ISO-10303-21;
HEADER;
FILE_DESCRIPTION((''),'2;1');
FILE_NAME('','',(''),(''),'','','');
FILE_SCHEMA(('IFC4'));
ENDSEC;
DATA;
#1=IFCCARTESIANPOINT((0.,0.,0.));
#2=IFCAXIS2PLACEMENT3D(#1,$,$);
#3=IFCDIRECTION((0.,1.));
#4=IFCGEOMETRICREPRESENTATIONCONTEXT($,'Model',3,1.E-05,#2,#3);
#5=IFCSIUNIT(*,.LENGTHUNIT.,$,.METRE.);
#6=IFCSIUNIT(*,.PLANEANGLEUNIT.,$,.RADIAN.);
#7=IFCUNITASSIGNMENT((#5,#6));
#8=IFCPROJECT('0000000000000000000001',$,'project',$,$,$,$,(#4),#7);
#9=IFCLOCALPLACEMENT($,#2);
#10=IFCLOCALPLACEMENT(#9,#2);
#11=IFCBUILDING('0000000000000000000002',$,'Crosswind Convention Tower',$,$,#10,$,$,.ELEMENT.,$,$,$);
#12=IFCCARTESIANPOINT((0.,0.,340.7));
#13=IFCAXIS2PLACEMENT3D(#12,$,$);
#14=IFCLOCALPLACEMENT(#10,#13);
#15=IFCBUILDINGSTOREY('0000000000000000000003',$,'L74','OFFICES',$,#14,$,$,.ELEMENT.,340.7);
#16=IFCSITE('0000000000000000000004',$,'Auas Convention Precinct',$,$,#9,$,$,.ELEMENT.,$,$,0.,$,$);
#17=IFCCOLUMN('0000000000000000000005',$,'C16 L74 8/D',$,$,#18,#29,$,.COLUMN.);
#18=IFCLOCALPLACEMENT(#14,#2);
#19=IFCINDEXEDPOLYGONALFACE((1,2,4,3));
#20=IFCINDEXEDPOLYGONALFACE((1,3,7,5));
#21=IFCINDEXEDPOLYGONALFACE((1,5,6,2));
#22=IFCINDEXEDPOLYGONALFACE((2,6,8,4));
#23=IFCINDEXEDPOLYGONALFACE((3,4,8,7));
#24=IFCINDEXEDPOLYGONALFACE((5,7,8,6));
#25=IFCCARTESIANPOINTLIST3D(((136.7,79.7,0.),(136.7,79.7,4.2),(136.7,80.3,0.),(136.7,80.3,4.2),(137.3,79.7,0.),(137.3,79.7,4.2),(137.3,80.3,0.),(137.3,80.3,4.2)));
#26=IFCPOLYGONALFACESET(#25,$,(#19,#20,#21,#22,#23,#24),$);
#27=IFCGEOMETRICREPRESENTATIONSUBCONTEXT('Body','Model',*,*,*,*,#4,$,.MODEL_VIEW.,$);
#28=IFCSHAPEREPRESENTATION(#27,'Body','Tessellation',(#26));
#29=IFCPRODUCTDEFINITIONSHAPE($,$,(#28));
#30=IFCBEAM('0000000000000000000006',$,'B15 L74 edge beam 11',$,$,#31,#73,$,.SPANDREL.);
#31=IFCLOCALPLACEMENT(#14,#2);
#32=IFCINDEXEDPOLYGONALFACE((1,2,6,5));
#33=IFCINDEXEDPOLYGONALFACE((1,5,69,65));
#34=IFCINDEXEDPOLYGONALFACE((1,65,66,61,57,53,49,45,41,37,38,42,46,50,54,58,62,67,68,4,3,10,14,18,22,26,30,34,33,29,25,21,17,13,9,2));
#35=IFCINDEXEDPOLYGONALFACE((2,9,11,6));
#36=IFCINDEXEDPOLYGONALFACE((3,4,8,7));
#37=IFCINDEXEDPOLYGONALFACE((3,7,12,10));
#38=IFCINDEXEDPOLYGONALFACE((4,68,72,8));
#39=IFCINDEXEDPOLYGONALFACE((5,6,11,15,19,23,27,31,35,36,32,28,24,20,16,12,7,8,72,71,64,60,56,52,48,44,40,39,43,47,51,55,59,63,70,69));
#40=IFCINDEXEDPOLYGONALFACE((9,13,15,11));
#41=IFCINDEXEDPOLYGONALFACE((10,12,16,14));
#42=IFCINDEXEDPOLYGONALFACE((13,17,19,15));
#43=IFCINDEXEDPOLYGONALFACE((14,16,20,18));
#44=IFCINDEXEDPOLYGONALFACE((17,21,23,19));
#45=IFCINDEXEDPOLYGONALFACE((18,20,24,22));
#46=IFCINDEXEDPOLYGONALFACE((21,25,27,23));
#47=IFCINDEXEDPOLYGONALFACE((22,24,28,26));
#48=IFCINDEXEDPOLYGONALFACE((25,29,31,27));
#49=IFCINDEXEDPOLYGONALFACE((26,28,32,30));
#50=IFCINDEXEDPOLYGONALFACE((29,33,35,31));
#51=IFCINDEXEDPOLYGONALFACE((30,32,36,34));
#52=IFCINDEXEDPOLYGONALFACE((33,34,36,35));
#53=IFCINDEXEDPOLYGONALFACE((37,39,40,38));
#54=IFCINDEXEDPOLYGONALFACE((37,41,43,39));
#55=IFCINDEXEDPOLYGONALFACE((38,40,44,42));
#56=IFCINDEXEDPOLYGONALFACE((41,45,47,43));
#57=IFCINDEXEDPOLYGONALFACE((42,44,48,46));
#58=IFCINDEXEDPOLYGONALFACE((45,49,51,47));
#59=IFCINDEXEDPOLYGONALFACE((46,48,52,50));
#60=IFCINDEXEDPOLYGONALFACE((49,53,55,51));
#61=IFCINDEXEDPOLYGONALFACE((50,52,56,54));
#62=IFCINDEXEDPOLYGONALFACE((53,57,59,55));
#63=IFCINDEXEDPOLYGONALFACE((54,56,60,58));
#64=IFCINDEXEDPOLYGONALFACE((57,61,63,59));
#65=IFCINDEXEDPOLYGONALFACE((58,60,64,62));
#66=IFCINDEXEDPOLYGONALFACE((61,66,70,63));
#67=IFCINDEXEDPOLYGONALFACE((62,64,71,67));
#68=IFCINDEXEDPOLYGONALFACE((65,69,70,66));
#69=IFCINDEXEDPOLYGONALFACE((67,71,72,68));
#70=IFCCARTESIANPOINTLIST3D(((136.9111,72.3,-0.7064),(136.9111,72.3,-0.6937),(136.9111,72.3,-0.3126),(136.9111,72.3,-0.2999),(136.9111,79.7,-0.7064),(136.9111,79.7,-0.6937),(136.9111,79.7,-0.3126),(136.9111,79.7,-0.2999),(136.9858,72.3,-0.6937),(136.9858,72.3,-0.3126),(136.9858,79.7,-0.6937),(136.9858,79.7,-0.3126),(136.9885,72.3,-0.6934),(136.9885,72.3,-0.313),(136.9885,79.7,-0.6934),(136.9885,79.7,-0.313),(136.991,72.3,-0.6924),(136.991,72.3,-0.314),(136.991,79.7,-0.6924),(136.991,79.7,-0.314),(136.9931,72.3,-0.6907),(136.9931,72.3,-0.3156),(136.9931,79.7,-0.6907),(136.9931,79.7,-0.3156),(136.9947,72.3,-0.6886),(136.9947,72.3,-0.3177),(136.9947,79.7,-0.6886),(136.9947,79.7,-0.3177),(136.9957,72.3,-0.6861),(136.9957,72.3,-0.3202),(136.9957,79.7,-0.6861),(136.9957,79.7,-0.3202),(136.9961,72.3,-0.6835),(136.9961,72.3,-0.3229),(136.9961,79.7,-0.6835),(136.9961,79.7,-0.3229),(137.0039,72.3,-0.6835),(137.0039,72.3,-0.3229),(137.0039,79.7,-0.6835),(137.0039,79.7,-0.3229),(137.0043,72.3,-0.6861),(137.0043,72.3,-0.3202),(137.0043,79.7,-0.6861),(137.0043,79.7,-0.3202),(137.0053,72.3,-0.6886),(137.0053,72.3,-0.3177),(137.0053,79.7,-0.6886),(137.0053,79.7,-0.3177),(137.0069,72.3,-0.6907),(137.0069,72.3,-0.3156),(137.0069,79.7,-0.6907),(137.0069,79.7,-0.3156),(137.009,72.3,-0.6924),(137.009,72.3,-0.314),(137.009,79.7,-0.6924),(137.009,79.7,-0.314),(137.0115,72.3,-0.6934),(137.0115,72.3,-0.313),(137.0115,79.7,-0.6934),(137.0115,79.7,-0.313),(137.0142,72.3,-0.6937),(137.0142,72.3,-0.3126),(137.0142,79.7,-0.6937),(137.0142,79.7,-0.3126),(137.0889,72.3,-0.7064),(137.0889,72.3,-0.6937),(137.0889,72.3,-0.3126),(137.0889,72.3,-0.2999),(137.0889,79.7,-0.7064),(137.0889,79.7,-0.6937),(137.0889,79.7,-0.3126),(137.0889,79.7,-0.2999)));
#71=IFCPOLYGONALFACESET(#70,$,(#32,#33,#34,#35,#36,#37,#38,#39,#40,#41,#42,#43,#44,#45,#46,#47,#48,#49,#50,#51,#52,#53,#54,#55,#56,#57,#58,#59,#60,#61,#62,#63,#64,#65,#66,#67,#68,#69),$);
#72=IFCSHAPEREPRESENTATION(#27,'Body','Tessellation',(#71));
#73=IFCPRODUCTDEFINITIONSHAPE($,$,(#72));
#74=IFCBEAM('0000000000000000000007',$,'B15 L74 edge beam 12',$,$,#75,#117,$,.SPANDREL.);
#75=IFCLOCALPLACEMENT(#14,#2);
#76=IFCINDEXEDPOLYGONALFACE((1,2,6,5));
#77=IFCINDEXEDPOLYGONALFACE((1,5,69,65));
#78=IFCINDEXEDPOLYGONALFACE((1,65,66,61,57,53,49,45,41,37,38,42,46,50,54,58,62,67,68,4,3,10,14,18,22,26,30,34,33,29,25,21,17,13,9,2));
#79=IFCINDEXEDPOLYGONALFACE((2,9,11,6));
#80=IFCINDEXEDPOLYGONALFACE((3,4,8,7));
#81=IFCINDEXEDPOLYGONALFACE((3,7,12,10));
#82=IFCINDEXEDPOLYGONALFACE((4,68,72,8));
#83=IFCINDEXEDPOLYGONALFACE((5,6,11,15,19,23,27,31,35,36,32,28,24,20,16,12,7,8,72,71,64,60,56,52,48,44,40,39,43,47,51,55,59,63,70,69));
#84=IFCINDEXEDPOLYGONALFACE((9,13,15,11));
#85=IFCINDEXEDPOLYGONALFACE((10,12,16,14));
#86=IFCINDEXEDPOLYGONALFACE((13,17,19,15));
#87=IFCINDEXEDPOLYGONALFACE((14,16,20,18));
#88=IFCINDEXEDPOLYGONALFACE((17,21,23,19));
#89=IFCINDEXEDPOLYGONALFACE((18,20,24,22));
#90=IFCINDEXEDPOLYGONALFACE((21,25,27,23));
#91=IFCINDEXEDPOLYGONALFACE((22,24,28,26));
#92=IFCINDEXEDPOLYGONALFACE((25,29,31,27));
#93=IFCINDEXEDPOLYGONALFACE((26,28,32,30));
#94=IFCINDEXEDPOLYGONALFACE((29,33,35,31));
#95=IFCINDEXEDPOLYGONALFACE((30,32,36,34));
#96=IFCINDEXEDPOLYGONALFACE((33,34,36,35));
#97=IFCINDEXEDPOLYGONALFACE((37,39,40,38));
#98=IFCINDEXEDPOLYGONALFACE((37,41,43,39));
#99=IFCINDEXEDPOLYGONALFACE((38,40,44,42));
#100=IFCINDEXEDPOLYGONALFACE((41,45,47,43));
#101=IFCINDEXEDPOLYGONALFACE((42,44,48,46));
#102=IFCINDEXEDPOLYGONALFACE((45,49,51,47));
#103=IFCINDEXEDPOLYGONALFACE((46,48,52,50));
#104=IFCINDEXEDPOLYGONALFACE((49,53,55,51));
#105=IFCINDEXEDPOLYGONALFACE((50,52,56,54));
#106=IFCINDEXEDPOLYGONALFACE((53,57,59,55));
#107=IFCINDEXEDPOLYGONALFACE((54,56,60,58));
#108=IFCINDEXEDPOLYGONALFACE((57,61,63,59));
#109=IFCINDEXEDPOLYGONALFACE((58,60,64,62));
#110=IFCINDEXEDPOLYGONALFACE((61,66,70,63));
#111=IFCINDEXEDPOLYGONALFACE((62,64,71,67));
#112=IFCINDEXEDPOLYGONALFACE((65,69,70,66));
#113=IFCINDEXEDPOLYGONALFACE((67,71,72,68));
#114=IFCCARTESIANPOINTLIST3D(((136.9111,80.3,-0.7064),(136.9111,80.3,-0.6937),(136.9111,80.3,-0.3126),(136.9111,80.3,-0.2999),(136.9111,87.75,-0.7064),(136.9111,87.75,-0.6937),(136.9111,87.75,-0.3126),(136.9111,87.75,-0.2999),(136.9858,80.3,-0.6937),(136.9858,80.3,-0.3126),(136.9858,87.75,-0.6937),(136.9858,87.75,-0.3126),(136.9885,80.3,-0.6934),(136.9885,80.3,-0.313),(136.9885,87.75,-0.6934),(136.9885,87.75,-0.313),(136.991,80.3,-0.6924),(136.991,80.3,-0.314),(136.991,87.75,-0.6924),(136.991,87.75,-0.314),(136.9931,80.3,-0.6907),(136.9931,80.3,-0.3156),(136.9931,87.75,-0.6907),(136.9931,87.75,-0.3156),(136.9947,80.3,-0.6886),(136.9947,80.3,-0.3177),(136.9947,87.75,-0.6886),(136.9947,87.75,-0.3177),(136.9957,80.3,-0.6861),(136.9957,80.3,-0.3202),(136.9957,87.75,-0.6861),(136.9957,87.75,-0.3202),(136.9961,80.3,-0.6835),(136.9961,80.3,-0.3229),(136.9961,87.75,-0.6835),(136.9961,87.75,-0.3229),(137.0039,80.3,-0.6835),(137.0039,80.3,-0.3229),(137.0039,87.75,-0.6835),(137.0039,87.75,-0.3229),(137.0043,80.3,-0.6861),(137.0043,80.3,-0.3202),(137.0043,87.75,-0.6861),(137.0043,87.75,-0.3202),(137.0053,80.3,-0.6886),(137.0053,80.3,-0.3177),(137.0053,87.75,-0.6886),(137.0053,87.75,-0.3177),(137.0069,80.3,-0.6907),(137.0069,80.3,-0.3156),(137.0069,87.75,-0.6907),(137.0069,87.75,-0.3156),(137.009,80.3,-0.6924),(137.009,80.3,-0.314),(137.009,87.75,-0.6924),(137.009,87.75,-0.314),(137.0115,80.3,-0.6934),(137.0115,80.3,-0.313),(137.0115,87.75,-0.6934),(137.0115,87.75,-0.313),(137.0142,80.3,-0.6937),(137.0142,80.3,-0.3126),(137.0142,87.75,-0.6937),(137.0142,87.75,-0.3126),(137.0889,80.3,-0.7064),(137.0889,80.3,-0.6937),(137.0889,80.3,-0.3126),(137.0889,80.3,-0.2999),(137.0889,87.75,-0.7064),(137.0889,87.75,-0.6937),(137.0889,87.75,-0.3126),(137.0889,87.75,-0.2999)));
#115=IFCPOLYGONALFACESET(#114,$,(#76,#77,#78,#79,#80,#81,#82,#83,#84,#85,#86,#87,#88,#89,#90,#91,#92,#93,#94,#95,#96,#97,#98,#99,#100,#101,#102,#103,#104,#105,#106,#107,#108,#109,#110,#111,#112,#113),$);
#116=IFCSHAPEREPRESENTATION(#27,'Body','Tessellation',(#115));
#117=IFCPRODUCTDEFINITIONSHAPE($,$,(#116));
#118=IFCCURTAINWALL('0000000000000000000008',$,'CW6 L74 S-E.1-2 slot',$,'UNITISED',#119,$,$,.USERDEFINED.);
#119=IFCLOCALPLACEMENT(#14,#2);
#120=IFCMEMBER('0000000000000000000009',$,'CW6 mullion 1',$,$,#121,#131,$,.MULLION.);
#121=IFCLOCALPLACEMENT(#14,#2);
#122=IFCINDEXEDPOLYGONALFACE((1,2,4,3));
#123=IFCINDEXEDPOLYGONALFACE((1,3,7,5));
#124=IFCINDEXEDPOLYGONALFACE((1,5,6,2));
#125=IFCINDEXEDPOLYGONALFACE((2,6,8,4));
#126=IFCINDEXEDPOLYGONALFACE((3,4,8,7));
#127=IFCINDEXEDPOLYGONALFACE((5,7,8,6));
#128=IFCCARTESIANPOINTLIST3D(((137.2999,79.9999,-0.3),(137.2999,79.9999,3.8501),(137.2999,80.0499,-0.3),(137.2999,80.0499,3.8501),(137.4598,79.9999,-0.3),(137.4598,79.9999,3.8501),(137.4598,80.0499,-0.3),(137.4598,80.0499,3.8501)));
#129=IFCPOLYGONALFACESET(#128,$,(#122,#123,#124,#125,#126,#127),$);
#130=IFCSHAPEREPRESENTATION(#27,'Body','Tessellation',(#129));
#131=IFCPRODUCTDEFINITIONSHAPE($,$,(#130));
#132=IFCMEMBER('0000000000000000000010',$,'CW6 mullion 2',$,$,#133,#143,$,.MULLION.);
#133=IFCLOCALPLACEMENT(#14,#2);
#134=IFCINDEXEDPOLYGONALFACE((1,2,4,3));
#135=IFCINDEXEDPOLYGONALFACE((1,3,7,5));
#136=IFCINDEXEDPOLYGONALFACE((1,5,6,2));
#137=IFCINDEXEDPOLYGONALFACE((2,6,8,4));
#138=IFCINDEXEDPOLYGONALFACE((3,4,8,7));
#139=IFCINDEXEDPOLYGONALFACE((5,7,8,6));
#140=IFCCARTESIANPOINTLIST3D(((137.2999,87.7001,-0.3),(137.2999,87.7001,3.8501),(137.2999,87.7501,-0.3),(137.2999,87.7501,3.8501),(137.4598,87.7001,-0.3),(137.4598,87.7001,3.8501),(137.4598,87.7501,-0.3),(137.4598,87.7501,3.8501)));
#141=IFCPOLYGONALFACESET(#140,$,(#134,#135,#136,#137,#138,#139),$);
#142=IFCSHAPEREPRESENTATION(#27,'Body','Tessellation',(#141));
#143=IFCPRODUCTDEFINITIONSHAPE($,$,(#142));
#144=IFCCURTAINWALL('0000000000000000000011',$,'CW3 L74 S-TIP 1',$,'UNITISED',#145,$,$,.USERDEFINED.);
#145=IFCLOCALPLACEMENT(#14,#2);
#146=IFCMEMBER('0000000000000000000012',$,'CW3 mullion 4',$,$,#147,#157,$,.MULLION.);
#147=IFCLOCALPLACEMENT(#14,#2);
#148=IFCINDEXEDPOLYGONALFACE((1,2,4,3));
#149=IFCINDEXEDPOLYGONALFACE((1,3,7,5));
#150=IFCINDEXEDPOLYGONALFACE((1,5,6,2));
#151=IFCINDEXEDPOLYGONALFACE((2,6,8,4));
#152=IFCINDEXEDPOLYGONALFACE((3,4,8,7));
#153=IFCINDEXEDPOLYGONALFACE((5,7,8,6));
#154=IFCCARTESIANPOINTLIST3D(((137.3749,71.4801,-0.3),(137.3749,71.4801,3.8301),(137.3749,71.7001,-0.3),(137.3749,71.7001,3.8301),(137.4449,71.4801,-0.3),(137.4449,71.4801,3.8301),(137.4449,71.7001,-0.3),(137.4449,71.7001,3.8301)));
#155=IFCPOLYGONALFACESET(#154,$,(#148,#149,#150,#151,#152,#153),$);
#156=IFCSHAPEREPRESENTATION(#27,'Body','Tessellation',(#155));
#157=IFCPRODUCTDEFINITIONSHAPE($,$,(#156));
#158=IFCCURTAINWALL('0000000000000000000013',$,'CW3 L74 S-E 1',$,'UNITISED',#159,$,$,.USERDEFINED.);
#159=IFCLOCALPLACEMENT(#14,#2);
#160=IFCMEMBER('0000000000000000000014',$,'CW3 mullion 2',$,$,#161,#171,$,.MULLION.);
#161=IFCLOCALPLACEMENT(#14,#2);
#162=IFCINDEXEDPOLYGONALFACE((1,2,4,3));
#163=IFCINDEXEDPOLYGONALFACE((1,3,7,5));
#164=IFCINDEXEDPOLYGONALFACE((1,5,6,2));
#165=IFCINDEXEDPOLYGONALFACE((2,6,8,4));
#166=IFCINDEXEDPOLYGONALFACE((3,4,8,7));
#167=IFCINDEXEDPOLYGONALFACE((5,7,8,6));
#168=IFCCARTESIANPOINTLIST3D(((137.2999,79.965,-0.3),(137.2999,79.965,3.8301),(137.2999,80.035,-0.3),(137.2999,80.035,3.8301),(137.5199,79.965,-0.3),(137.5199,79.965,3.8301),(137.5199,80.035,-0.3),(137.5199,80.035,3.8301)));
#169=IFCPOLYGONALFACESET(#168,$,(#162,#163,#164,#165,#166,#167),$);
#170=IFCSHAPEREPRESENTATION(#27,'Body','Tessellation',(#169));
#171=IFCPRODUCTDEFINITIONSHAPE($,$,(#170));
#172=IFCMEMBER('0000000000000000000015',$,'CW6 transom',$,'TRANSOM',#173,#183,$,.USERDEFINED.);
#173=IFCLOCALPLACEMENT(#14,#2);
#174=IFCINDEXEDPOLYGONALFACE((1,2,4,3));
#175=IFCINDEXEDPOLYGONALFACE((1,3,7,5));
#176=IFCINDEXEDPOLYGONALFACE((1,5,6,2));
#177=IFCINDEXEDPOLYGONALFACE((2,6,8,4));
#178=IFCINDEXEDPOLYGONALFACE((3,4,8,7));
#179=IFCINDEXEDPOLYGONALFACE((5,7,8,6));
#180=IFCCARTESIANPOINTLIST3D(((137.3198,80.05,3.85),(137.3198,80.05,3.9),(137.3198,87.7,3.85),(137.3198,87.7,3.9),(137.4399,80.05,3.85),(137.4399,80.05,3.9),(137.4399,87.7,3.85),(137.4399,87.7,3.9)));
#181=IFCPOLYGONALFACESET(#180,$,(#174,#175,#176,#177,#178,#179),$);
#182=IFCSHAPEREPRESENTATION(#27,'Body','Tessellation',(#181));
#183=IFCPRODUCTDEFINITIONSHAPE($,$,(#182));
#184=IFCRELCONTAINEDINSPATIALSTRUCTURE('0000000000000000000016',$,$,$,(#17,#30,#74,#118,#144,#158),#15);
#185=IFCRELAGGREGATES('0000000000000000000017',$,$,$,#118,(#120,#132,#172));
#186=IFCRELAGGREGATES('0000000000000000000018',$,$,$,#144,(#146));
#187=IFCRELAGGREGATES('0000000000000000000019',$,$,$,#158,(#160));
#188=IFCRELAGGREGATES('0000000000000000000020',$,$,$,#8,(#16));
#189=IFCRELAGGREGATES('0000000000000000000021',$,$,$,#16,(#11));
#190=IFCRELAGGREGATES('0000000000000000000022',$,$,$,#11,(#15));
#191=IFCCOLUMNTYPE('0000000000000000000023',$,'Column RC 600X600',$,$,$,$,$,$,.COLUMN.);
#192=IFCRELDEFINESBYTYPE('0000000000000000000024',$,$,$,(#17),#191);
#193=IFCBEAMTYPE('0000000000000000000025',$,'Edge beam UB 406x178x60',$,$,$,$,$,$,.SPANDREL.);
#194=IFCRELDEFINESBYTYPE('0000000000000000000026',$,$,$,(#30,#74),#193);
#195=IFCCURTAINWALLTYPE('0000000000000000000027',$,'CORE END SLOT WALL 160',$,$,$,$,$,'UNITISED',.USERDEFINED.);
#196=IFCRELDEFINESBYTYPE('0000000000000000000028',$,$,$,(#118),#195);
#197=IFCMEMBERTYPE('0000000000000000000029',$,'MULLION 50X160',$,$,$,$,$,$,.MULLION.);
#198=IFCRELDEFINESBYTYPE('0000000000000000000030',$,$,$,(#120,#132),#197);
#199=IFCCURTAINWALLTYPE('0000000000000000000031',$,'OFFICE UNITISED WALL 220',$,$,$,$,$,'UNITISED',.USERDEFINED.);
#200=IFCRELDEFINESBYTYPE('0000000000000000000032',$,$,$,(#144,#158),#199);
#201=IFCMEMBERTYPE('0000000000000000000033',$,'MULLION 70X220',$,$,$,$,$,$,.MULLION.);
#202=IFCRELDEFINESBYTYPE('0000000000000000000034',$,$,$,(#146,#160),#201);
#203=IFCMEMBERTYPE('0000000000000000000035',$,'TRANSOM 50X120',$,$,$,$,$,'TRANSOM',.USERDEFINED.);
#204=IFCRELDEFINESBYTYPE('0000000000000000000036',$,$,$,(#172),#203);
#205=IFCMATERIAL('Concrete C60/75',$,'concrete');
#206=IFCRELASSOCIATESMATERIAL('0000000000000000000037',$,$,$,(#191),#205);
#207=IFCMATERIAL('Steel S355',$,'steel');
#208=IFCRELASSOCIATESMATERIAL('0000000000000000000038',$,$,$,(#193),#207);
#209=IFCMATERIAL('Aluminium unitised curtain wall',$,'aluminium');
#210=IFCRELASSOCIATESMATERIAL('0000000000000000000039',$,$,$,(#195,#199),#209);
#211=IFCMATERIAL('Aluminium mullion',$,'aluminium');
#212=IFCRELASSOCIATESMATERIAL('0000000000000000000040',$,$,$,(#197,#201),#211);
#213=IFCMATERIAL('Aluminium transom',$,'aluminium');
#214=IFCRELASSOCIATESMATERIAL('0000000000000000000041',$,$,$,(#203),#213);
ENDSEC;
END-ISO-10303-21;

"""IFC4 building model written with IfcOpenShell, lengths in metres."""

from ifc_helpers import new_model, si_unit, direction, frame, origin, origin_2d, place, context, subcontext, project, spatial, rectangle, i_section, extrude, material, material_profile, profile_set, type_object, element, aggregate, save


model = new_model("IFC4")

# Units and contexts
model_context = context("Model", 3, precision=1e-05, world=origin(), true_north=direction((0.0, 1.0)))
body_context = subcontext(model_context, "Body", "Model", "MODEL_VIEW")
ifc_project = project(units=[si_unit("LENGTHUNIT", "METRE"), si_unit("PLANEANGLEUNIT", "RADIAN")], contexts=[model_context])

# Site, building, storey
site_placement = place(None, origin())
site = spatial("IfcSite", under=ifc_project, at=site_placement, Name="Auas Convention Precinct", CompositionType="ELEMENT", RefElevation=0.0)
building_placement = place(site_placement, origin())
building = spatial("IfcBuilding", under=site, at=building_placement, Name="Crosswind Convention Tower", CompositionType="ELEMENT")
storey_placement = place(building_placement, frame((0.0, 0.0, 340.7)))
storey = spatial("IfcBuildingStorey", under=building, at=storey_placement, Name="L74", Description="OFFICES", CompositionType="ELEMENT", Elevation=340.7)

# Column
ifc_material_1 = material(Name="Concrete C60/75", Category="concrete")
ifc_material_profile_1 = material_profile(ifc_material_1, rectangle(XDim=0.6001, YDim=0.6001, at=origin_2d()), Name="RC 600X600")
ifc_profile_set_1 = profile_set([ifc_material_profile_1], Name="Concrete C60/75")
column_type = type_object("IfcColumnType", Name="Column RC 600X600", PredefinedType="COLUMN", material=ifc_profile_set_1)
column_placement = place(storey_placement, frame((137.0, 80.0, 0.0), z_axis=(0.0, 0.0, 1.0), x_axis=(1.0, 0.0, 0.0)))
element("IfcColumn", 1, at=column_placement, inside=storey, type_object=column_type, Name="C16 L74 8/D", PredefinedType="COLUMN", context=body_context, shape_type="SweptSolid", body=[
    extrude(rectangle(XDim=0.6001, YDim=0.6001, at=origin_2d()), origin(), (0.0, 0.0, 1.0), 4.2),
])

# Beams
ifc_material_2 = material(Name="Steel S355", Category="steel")
ifc_material_profile_2 = material_profile(ifc_material_2, i_section(OverallWidth=0.1777, OverallDepth=0.4065, WebThickness=0.0078, FlangeThickness=0.0127, FilletRadius=0.0103, at=origin_2d()), Name="UB 406x178x60")
ifc_profile_set_2 = profile_set([ifc_material_profile_2], Name="Steel S355")
beam_type = type_object("IfcBeamType", Name="Edge beam UB 406x178x60", PredefinedType="SPANDREL", material=ifc_profile_set_2)
beam_1_placement = place(storey_placement, frame((137.0, 72.3, -0.5032), z_axis=(0.0, 1.0, 0.0), x_axis=(-1.0, 0.0, 0.0)))
element("IfcBeam", 2, at=beam_1_placement, inside=storey, type_object=beam_type, Name="B15 L74 edge beam 11", PredefinedType="SPANDREL", context=body_context, shape_type="SweptSolid", body=[
    extrude(i_section(OverallWidth=0.1777, OverallDepth=0.4065, WebThickness=0.0078, FlangeThickness=0.0127, FilletRadius=0.0103, at=origin_2d()), origin(), (0.0, 0.0, 1.0), 7.3999),
])
beam_2_placement = place(storey_placement, frame((137.0, 80.3, -0.5032), z_axis=(0.0, 1.0, 0.0), x_axis=(-1.0, 0.0, 0.0)))
element("IfcBeam", 3, at=beam_2_placement, inside=storey, type_object=beam_type, Name="B15 L74 edge beam 12", PredefinedType="SPANDREL", context=body_context, shape_type="SweptSolid", body=[
    extrude(i_section(OverallWidth=0.1777, OverallDepth=0.4065, WebThickness=0.0078, FlangeThickness=0.0127, FilletRadius=0.0103, at=origin_2d()), origin(), (0.0, 0.0, 1.0), 7.45),
])

# Curtain wall, members
ifc_material_3 = material(Name="Aluminium unitised curtain wall", Category="aluminium")
curtain_wall_type_1 = type_object("IfcCurtainWallType", Name="CORE END SLOT WALL 160", ElementType="UNITISED", PredefinedType="USERDEFINED", material=ifc_material_3)
curtain_wall_1_placement = place(storey_placement, origin())
curtain_wall_1 = element("IfcCurtainWall", 4, at=curtain_wall_1_placement, inside=storey, type_object=curtain_wall_type_1, Name="CW6 L74 S-E.1-2 slot", ObjectType="UNITISED", PredefinedType="USERDEFINED")
ifc_material_4 = material(Name="Aluminium mullion", Category="aluminium")
ifc_material_profile_3 = material_profile(ifc_material_4, rectangle(XDim=0.1599, YDim=0.05, at=origin_2d()), Name="AL 160X50")
ifc_profile_set_3 = profile_set([ifc_material_profile_3], Name="Aluminium mullion")
member_type_1 = type_object("IfcMemberType", Name="MULLION 50X160", PredefinedType="MULLION", material=ifc_profile_set_3)
member_1_placement = place(storey_placement, frame((137.3799, 80.0249, -0.3), z_axis=(0.0, 0.0, 1.0), x_axis=(1.0, 0.0, 0.0)))
member_1 = element("IfcMember", 5, at=member_1_placement, type_object=member_type_1, Name="CW6 mullion 1", PredefinedType="MULLION", context=body_context, shape_type="SweptSolid", body=[
    extrude(rectangle(XDim=0.1599, YDim=0.05, at=origin_2d()), origin(), (0.0, 0.0, 1.0), 4.1501),
])
member_2_placement = place(storey_placement, frame((137.3799, 87.7251, -0.3), z_axis=(0.0, 0.0, 1.0), x_axis=(1.0, 0.0, 0.0)))
member_2 = element("IfcMember", 6, at=member_2_placement, type_object=member_type_1, Name="CW6 mullion 2", PredefinedType="MULLION", context=body_context, shape_type="SweptSolid", body=[
    extrude(rectangle(XDim=0.1599, YDim=0.05, at=origin_2d()), origin(), (0.0, 0.0, 1.0), 4.1501),
])

# Curtain walls, members
curtain_wall_type_2 = type_object("IfcCurtainWallType", Name="OFFICE UNITISED WALL 220", ElementType="UNITISED", PredefinedType="USERDEFINED", material=ifc_material_3)
curtain_wall_2_placement = place(storey_placement, origin())
curtain_wall_2 = element("IfcCurtainWall", 7, at=curtain_wall_2_placement, inside=storey, type_object=curtain_wall_type_2, Name="CW3 L74 S-TIP 1", ObjectType="UNITISED", PredefinedType="USERDEFINED")
ifc_material_profile_4 = material_profile(ifc_material_4, rectangle(XDim=0.22, YDim=0.0701, at=origin_2d()), Name="AL 220X70")
ifc_profile_set_4 = profile_set([ifc_material_profile_4], Name="Aluminium mullion")
member_type_2 = type_object("IfcMemberType", Name="MULLION 70X220", PredefinedType="MULLION", material=ifc_profile_set_4)
member_3_placement = place(storey_placement, frame((137.4099, 71.5901, -0.3), z_axis=(0.0, 0.0, 1.0), x_axis=(0.0, -1.0, 0.0)))
member_3 = element("IfcMember", 8, at=member_3_placement, type_object=member_type_2, Name="CW3 mullion 4", PredefinedType="MULLION", context=body_context, shape_type="SweptSolid", body=[
    extrude(rectangle(XDim=0.22, YDim=0.0701, at=origin_2d()), origin(), (0.0, 0.0, 1.0), 4.1301),
])
curtain_wall_3_placement = place(storey_placement, origin())
curtain_wall_3 = element("IfcCurtainWall", 9, at=curtain_wall_3_placement, inside=storey, type_object=curtain_wall_type_2, Name="CW3 L74 S-E 1", ObjectType="UNITISED", PredefinedType="USERDEFINED")
member_4_placement = place(storey_placement, frame((137.4099, 80.0, -0.3), z_axis=(0.0, 0.0, 1.0), x_axis=(1.0, 0.0, 0.0)))
member_4 = element("IfcMember", 10, at=member_4_placement, type_object=member_type_2, Name="CW3 mullion 2", PredefinedType="MULLION", context=body_context, shape_type="SweptSolid", body=[
    extrude(rectangle(XDim=0.22, YDim=0.0701, at=origin_2d()), origin(), (0.0, 0.0, 1.0), 4.1301),
])

# Member
ifc_material_5 = material(Name="Aluminium transom", Category="aluminium")
ifc_material_profile_5 = material_profile(ifc_material_5, rectangle(XDim=0.1201, YDim=0.05, at=origin_2d()), Name="AL 120X50")
ifc_profile_set_5 = profile_set([ifc_material_profile_5], Name="Aluminium transom")
member_type_3 = type_object("IfcMemberType", Name="TRANSOM 50X120", ElementType="TRANSOM", PredefinedType="USERDEFINED", material=ifc_profile_set_5)
member_5_placement = place(storey_placement, frame((137.3799, 80.05, 3.875), z_axis=(0.0, 1.0, 0.0), x_axis=(-1.0, 0.0, 0.0)))
member_5 = element("IfcMember", 11, at=member_5_placement, type_object=member_type_3, Name="CW6 transom", ObjectType="TRANSOM", PredefinedType="USERDEFINED", context=body_context, shape_type="SweptSolid", body=[
    extrude(rectangle(XDim=0.1201, YDim=0.05, at=origin_2d()), origin(), (0.0, 0.0, 1.0), 7.6499),
])

aggregate(curtain_wall_1, [member_1, member_2, member_5])
aggregate(curtain_wall_2, [member_3])

aggregate(curtain_wall_3, [member_4])

save(model, "model.ifc")
